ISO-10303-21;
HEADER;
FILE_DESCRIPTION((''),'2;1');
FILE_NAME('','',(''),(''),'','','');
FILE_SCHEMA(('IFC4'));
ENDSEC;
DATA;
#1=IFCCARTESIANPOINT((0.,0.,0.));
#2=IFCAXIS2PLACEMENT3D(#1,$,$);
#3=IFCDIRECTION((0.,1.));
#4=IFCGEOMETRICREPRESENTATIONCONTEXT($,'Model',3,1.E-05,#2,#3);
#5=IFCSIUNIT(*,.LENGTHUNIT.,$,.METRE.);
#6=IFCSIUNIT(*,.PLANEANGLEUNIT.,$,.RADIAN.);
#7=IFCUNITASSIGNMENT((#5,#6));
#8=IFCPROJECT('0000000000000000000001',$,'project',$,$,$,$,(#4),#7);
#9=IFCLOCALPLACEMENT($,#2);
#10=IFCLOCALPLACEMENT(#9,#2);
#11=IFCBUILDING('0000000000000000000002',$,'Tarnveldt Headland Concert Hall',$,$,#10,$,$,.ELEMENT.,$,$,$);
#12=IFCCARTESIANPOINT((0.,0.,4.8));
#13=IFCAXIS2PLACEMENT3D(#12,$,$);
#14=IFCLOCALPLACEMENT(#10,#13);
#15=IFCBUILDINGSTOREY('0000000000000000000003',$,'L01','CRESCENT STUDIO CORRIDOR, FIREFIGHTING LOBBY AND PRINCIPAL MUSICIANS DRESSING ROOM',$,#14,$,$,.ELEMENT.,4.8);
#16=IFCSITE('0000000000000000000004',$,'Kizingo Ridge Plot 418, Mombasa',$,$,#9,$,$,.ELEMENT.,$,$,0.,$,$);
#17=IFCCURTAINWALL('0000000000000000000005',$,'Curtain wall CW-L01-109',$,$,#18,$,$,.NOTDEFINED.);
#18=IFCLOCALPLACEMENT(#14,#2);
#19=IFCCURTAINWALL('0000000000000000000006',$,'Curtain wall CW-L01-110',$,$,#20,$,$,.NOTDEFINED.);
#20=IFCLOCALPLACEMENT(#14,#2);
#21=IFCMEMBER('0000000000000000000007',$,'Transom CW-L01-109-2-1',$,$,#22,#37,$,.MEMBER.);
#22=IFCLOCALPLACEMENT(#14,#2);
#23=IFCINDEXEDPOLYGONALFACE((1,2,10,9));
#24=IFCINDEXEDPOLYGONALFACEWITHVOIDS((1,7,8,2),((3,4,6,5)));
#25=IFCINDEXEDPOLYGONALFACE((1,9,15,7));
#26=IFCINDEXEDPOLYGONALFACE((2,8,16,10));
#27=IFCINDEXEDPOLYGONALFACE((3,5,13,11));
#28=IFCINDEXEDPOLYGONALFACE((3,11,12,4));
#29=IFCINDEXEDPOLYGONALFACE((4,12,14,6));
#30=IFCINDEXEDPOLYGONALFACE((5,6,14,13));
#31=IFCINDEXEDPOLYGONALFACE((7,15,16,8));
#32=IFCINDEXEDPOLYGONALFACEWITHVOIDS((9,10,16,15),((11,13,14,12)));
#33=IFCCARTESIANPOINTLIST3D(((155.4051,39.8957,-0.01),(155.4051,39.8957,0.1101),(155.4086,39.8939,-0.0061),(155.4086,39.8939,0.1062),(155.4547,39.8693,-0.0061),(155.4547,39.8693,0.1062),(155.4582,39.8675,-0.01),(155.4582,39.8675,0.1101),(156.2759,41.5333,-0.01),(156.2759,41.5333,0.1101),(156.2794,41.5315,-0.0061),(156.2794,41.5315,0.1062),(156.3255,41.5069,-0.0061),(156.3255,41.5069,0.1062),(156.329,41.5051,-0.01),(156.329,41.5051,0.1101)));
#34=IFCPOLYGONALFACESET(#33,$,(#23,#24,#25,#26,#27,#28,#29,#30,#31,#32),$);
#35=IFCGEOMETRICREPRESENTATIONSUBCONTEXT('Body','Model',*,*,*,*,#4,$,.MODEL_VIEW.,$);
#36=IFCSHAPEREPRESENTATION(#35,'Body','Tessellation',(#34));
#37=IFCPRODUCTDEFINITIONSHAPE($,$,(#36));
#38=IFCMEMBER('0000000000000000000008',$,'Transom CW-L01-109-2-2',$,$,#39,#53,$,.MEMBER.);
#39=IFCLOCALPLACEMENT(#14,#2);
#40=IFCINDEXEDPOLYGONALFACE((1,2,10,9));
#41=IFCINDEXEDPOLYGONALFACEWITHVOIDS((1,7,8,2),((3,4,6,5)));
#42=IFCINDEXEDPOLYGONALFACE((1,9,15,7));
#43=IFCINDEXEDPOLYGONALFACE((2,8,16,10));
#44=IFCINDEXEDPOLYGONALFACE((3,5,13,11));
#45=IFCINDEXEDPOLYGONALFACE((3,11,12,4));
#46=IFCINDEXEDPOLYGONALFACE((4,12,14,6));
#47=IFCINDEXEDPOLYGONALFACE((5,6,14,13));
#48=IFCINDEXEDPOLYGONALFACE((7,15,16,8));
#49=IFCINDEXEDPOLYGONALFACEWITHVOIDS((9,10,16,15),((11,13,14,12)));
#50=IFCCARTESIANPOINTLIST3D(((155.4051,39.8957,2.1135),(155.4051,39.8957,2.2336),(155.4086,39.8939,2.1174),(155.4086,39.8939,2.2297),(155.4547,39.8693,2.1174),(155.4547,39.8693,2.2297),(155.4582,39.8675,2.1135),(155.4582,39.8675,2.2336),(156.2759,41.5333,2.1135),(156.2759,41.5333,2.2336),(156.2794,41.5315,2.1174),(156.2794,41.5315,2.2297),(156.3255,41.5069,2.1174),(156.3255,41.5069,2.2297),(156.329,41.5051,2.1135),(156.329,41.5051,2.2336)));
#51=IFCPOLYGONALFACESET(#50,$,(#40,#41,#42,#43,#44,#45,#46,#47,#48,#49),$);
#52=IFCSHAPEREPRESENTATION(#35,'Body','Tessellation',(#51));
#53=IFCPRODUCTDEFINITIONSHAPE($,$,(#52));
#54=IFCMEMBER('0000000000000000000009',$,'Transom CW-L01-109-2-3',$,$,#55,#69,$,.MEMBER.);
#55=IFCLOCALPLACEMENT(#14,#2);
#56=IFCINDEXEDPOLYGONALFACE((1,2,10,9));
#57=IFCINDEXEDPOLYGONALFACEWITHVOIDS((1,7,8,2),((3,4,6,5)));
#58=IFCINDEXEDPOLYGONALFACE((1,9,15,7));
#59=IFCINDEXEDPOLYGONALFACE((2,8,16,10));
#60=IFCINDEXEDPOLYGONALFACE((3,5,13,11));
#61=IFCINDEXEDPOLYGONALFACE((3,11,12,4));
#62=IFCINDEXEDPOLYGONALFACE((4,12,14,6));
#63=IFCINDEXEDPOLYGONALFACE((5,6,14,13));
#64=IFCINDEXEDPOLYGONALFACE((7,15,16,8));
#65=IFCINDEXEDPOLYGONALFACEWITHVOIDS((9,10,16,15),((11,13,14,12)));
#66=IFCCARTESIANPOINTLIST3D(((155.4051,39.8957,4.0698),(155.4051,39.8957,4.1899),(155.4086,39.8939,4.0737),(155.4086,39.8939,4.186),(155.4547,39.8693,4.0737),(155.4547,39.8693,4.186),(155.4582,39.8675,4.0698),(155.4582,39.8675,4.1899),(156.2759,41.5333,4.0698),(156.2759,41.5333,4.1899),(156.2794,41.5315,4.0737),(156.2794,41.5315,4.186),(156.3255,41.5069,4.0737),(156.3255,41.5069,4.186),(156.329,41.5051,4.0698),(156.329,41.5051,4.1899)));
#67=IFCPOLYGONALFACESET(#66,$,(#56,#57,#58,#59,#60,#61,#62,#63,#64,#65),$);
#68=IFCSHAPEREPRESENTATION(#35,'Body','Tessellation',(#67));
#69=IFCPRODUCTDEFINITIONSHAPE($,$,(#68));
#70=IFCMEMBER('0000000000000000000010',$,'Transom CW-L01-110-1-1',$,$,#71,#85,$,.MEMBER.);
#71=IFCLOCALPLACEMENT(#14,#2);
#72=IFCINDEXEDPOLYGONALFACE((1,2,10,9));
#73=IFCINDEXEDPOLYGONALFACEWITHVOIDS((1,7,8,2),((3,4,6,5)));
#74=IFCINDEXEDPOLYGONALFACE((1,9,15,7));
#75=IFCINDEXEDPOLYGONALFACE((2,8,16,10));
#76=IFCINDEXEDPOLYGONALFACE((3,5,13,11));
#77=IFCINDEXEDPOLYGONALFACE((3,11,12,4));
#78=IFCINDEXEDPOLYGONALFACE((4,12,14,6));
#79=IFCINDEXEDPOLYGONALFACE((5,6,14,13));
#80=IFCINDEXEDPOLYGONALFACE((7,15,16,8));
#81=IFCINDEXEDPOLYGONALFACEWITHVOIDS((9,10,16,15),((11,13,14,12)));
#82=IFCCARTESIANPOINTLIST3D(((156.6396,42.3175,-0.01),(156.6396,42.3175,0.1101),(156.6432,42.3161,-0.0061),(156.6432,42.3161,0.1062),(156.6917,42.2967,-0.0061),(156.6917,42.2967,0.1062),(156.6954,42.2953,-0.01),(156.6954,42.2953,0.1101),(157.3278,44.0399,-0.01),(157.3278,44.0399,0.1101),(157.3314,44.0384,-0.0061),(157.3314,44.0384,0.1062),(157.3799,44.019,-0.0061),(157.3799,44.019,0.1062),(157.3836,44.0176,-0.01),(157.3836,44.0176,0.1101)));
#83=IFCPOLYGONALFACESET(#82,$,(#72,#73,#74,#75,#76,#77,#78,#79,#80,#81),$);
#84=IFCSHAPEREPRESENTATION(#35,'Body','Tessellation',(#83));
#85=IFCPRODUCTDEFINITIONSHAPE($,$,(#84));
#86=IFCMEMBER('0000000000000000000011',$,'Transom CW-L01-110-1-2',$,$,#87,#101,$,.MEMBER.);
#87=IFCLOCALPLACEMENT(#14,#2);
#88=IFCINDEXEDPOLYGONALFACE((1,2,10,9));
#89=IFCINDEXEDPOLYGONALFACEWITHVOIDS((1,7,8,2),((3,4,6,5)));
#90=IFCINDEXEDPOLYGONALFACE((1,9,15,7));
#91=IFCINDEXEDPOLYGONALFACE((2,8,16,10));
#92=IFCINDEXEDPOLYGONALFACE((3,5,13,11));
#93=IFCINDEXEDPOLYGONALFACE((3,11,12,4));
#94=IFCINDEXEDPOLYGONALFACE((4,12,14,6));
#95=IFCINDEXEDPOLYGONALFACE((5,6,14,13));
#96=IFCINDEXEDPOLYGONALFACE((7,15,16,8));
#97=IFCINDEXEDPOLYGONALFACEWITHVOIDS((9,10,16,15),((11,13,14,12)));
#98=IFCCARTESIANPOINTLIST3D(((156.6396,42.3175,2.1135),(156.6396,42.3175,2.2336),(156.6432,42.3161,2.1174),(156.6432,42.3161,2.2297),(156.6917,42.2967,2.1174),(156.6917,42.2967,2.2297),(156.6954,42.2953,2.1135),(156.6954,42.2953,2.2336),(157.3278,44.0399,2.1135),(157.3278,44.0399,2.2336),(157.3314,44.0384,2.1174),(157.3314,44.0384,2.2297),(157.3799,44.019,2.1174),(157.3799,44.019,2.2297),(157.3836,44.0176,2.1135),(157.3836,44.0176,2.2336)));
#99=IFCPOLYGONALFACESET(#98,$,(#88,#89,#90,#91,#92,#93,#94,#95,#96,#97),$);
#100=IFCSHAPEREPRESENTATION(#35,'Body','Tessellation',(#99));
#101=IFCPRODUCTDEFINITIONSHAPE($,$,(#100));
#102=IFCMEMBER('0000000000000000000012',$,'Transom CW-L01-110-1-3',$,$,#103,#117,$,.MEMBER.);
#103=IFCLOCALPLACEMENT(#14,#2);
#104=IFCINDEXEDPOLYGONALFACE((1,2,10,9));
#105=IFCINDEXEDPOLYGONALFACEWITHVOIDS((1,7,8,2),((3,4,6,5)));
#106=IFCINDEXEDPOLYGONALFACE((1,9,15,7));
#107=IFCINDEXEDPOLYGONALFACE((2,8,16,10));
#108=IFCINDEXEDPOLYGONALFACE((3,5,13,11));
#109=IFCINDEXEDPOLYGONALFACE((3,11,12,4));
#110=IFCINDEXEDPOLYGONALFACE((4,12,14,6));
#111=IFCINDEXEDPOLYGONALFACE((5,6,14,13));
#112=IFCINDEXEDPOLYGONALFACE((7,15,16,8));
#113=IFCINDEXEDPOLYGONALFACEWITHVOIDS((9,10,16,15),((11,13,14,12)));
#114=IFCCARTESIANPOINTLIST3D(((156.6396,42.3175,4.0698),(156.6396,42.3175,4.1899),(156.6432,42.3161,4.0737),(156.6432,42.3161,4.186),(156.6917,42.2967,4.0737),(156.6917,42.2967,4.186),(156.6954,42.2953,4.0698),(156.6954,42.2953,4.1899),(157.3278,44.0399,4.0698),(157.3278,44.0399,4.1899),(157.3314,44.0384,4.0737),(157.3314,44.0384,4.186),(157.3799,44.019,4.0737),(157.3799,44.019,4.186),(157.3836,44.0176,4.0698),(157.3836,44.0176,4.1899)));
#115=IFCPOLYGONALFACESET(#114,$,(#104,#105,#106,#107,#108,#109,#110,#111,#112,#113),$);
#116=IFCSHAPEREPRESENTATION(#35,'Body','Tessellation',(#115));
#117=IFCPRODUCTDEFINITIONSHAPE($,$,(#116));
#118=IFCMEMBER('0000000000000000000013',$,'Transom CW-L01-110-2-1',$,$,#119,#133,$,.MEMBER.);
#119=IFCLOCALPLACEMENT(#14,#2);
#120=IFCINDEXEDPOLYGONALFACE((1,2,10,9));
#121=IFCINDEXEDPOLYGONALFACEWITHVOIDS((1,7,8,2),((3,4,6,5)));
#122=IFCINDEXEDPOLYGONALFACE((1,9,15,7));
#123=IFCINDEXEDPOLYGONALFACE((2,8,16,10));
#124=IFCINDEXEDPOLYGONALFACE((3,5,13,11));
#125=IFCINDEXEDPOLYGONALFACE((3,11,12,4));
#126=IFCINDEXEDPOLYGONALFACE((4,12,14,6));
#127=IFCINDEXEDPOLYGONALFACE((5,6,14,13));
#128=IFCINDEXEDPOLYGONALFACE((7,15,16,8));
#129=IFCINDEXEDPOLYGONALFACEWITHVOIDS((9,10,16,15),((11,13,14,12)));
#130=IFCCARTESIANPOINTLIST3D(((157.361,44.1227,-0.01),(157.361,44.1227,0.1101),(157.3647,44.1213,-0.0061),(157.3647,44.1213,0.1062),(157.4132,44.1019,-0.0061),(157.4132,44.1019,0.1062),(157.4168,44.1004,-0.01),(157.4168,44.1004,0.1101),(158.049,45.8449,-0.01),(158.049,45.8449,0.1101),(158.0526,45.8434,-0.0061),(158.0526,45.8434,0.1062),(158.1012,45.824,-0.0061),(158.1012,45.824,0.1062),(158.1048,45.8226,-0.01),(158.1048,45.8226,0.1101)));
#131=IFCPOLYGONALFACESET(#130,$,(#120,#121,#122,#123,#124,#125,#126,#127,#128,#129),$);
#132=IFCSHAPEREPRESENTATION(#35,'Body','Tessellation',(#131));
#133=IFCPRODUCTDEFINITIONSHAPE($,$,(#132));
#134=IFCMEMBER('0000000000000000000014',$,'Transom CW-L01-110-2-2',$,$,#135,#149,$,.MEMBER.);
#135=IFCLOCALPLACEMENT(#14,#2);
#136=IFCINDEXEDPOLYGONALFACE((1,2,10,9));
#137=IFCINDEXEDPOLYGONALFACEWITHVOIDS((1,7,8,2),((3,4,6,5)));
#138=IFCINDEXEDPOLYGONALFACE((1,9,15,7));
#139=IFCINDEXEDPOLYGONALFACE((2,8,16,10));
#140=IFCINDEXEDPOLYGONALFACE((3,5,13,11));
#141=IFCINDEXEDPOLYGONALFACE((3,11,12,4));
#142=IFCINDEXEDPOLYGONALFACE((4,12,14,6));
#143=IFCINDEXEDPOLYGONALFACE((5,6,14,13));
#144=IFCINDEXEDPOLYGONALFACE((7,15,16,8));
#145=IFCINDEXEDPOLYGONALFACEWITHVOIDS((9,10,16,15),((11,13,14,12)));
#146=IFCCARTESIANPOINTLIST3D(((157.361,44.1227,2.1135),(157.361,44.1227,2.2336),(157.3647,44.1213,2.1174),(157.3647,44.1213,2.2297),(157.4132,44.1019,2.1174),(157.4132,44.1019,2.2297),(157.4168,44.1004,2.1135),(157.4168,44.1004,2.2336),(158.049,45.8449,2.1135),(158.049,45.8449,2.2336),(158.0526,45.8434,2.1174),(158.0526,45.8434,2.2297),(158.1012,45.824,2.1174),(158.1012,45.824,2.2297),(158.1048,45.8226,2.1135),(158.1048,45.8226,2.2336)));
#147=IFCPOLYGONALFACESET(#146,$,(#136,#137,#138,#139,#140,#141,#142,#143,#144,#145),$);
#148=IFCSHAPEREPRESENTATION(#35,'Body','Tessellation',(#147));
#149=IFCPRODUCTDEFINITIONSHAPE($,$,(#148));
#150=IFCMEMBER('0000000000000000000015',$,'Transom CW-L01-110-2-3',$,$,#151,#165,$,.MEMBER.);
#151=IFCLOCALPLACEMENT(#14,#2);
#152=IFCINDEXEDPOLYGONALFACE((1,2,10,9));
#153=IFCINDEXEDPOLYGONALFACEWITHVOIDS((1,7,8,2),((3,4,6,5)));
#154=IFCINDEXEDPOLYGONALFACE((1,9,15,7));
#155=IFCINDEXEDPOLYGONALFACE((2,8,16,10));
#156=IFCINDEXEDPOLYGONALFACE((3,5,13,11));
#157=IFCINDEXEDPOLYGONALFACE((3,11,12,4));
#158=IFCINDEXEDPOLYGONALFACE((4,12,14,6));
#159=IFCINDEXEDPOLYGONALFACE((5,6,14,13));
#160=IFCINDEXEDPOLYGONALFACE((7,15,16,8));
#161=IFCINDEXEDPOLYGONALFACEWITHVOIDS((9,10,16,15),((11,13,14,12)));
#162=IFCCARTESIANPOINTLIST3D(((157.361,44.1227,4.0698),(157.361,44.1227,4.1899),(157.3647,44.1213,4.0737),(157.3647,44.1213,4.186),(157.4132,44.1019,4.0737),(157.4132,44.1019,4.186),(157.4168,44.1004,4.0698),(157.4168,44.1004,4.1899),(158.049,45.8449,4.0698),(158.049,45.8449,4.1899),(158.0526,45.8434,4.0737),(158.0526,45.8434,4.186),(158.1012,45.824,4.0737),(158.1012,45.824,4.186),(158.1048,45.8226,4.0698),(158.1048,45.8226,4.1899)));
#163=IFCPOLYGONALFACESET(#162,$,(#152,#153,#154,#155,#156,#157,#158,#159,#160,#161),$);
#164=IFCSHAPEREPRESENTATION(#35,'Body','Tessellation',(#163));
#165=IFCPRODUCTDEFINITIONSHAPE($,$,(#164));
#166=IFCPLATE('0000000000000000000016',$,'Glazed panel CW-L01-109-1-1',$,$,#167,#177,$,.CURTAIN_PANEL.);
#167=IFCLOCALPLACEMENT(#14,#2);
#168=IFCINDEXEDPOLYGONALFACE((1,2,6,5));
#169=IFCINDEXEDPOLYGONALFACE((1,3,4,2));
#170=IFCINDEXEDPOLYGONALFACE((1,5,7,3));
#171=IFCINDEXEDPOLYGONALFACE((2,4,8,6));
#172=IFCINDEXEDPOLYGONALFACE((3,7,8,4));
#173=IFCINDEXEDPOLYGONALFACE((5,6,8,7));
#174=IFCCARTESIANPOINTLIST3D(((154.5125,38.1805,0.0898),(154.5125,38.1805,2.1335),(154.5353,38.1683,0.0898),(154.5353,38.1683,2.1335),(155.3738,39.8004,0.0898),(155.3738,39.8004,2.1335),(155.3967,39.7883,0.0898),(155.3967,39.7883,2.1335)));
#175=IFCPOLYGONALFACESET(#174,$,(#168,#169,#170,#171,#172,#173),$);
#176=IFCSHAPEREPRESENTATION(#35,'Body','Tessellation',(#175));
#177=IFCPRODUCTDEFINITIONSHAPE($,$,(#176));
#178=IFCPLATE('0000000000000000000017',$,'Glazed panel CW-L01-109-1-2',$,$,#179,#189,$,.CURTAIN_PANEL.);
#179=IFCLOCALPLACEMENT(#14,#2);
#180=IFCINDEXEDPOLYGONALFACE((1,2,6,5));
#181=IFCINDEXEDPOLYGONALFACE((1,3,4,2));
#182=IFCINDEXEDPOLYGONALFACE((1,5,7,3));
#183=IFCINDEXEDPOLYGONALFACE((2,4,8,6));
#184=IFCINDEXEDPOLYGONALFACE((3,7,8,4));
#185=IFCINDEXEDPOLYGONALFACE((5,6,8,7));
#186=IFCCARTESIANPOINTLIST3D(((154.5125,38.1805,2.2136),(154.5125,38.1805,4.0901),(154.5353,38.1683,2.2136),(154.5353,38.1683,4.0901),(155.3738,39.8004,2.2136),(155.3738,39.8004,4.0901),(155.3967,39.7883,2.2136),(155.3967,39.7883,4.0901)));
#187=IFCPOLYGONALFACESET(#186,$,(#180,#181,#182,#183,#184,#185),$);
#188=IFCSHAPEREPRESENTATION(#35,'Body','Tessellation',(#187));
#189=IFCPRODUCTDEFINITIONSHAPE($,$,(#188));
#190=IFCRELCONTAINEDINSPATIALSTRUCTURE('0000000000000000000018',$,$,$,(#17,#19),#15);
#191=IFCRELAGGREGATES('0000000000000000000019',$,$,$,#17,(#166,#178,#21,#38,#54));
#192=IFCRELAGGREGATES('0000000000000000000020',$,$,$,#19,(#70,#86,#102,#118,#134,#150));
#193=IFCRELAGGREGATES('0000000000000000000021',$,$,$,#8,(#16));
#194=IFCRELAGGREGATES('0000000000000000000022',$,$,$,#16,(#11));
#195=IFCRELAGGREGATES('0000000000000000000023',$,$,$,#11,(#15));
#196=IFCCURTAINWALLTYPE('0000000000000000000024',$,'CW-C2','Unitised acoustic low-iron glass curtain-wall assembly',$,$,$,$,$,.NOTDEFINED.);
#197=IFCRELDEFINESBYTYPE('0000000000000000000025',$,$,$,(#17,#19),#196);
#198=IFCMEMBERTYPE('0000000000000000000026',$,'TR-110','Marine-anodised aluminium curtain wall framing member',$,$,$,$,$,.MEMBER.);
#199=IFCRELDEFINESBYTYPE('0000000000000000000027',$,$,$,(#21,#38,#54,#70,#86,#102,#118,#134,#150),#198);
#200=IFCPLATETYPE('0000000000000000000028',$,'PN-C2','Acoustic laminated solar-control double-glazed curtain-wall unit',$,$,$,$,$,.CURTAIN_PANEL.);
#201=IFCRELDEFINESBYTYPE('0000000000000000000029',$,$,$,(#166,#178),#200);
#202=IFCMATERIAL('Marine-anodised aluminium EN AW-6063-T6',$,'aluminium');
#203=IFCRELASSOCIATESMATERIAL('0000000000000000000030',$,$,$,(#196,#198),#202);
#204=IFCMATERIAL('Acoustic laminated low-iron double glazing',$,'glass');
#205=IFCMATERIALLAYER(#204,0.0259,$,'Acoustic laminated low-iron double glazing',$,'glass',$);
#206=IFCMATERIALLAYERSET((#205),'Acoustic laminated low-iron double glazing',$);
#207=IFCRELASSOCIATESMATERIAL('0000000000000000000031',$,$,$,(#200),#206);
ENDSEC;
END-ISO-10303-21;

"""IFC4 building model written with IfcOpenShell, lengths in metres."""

from ifc_helpers import new_model, si_unit, direction, frame, origin, origin_2d, place, context, subcontext, project, spatial, rectangle, hollow_rectangle, extrude, material, layer, layer_set, material_profile, profile_set, type_object, element, aggregate, save


model = new_model("IFC4")

# Units and contexts
model_context = context("Model", 3, precision=1e-05, world=origin(), true_north=direction((0.0, 1.0)))
body_context = subcontext(model_context, "Body", "Model", "MODEL_VIEW")
ifc_project = project(units=[si_unit("LENGTHUNIT", "METRE"), si_unit("PLANEANGLEUNIT", "RADIAN")], contexts=[model_context])

# Site, building, storey
site_placement = place(None, origin())
site = spatial("IfcSite", under=ifc_project, at=site_placement, Name="Kizingo Ridge Plot 418, Mombasa", CompositionType="ELEMENT", RefElevation=0.0)
building_placement = place(site_placement, origin())
building = spatial("IfcBuilding", under=site, at=building_placement, Name="Tarnveldt Headland Concert Hall", CompositionType="ELEMENT")
storey_placement = place(building_placement, frame((0.0, 0.0, 4.8)))
storey = spatial("IfcBuildingStorey", under=building, at=storey_placement, Name="L01", Description="CRESCENT STUDIO CORRIDOR, FIREFIGHTING LOBBY AND PRINCIPAL MUSICIANS DRESSING ROOM", CompositionType="ELEMENT", Elevation=4.8)

# Curtain walls
ifc_material_1 = material(Name="Marine-anodised aluminium EN AW-6063-T6", Category="aluminium")
curtain_wall_type = type_object("IfcCurtainWallType", Name="CW-C2", Description="Unitised acoustic low-iron glass curtain-wall assembly", PredefinedType="NOTDEFINED", material=ifc_material_1)
curtain_wall_1_placement = place(storey_placement, origin())
curtain_wall_1 = element("IfcCurtainWall", 1, at=curtain_wall_1_placement, inside=storey, type_object=curtain_wall_type, Name="Curtain wall CW-L01-109", PredefinedType="NOTDEFINED")
curtain_wall_2_placement = place(storey_placement, origin())
curtain_wall_2 = element("IfcCurtainWall", 2, at=curtain_wall_2_placement, inside=storey, type_object=curtain_wall_type, Name="Curtain wall CW-L01-110", PredefinedType="NOTDEFINED")

# Members
ifc_material_profile_1 = material_profile(ifc_material_1, hollow_rectangle(XDim=0.0601, YDim=0.1201, WallThickness=0.0039, at=origin_2d()), Name="ALU TRANSOM 60x120x4", Category="aluminium")
ifc_profile_set_1 = profile_set([ifc_material_profile_1], Name="Marine-anodised aluminium EN AW-6063-T6")
member_type_1 = type_object("IfcMemberType", Name="TR-110", Description="Marine-anodised aluminium curtain wall framing member", PredefinedType="MEMBER", material=ifc_profile_set_1)
member_1_placement = place(storey_placement, frame((155.4316, 39.8816, 0.05), z_axis=(0.469502, 0.882932, 0.0), x_axis=(-0.882932, 0.469502, 0.0)))
member_1 = element("IfcMember", 3, at=member_1_placement, type_object=member_type_1, Name="Transom CW-L01-109-2-1", PredefinedType="MEMBER", context=body_context, shape_type="SweptSolid", body=[
    extrude(hollow_rectangle(XDim=0.0601, YDim=0.1201, WallThickness=0.0039, at=origin_2d()), origin(), (0.0, 0.0, 1.0), 1.8547),
])
member_2_placement = place(storey_placement, frame((155.4316, 39.8816, 2.1736), z_axis=(0.469502, 0.882932, 0.0), x_axis=(-0.882932, 0.469502, 0.0)))
member_2 = element("IfcMember", 4, at=member_2_placement, type_object=member_type_1, Name="Transom CW-L01-109-2-2", PredefinedType="MEMBER", context=body_context, shape_type="SweptSolid", body=[
    extrude(hollow_rectangle(XDim=0.0601, YDim=0.1201, WallThickness=0.0039, at=origin_2d()), origin(), (0.0, 0.0, 1.0), 1.8547),
])
member_3_placement = place(storey_placement, frame((155.4316, 39.8816, 4.1299), z_axis=(0.469502, 0.882932, 0.0), x_axis=(-0.882932, 0.469502, 0.0)))
member_3 = element("IfcMember", 5, at=member_3_placement, type_object=member_type_1, Name="Transom CW-L01-109-2-3", PredefinedType="MEMBER", context=body_context, shape_type="SweptSolid", body=[
    extrude(hollow_rectangle(XDim=0.0601, YDim=0.1201, WallThickness=0.0039, at=origin_2d()), origin(), (0.0, 0.0, 1.0), 1.8547),
])
member_4_placement = place(storey_placement, frame((156.6675, 42.3064, 0.05), z_axis=(0.37105, 0.928613, 0.0), x_axis=(-0.928613, 0.37105, 0.0)))
member_4 = element("IfcMember", 6, at=member_4_placement, type_object=member_type_1, Name="Transom CW-L01-110-1-1", PredefinedType="MEMBER", context=body_context, shape_type="SweptSolid", body=[
    extrude(hollow_rectangle(XDim=0.0601, YDim=0.1201, WallThickness=0.0039, at=origin_2d()), origin(), (0.0, 0.0, 1.0), 1.8547),
])
member_5_placement = place(storey_placement, frame((156.6675, 42.3064, 2.1736), z_axis=(0.37105, 0.928613, 0.0), x_axis=(-0.928613, 0.37105, 0.0)))
member_5 = element("IfcMember", 7, at=member_5_placement, type_object=member_type_1, Name="Transom CW-L01-110-1-2", PredefinedType="MEMBER", context=body_context, shape_type="SweptSolid", body=[
    extrude(hollow_rectangle(XDim=0.0601, YDim=0.1201, WallThickness=0.0039, at=origin_2d()), origin(), (0.0, 0.0, 1.0), 1.8547),
])
member_6_placement = place(storey_placement, frame((156.6675, 42.3064, 4.1299), z_axis=(0.37105, 0.928613, 0.0), x_axis=(-0.928613, 0.37105, 0.0)))
member_6 = element("IfcMember", 8, at=member_6_placement, type_object=member_type_1, Name="Transom CW-L01-110-1-3", PredefinedType="MEMBER", context=body_context, shape_type="SweptSolid", body=[
    extrude(hollow_rectangle(XDim=0.0601, YDim=0.1201, WallThickness=0.0039, at=origin_2d()), origin(), (0.0, 0.0, 1.0), 1.8547),
])
member_7_placement = place(storey_placement, frame((157.3889, 44.1116, 0.05), z_axis=(0.370982, 0.92864, 0.0), x_axis=(-0.92864, 0.370982, 0.0)))
member_7 = element("IfcMember", 9, at=member_7_placement, type_object=member_type_1, Name="Transom CW-L01-110-2-1", PredefinedType="MEMBER", context=body_context, shape_type="SweptSolid", body=[
    extrude(hollow_rectangle(XDim=0.0601, YDim=0.1201, WallThickness=0.0039, at=origin_2d()), origin(), (0.0, 0.0, 1.0), 1.8545),
])
member_8_placement = place(storey_placement, frame((157.3889, 44.1116, 2.1736), z_axis=(0.370982, 0.92864, 0.0), x_axis=(-0.92864, 0.370982, 0.0)))
member_8 = element("IfcMember", 10, at=member_8_placement, type_object=member_type_1, Name="Transom CW-L01-110-2-2", PredefinedType="MEMBER", context=body_context, shape_type="SweptSolid", body=[
    extrude(hollow_rectangle(XDim=0.0601, YDim=0.1201, WallThickness=0.0039, at=origin_2d()), origin(), (0.0, 0.0, 1.0), 1.8545),
])
member_9_placement = place(storey_placement, frame((157.3889, 44.1116, 4.1299), z_axis=(0.370982, 0.92864, 0.0), x_axis=(-0.92864, 0.370982, 0.0)))
member_9 = element("IfcMember", 11, at=member_9_placement, type_object=member_type_1, Name="Transom CW-L01-110-2-3", PredefinedType="MEMBER", context=body_context, shape_type="SweptSolid", body=[
    extrude(hollow_rectangle(XDim=0.0601, YDim=0.1201, WallThickness=0.0039, at=origin_2d()), origin(), (0.0, 0.0, 1.0), 1.8545),
])

# Plates
ifc_material_2 = material(Name="Acoustic laminated low-iron double glazing", Category="glass")
ifc_layer_1 = layer(ifc_material_2, 0.0259, Name="Acoustic laminated low-iron double glazing", Category="glass")
ifc_layer_set_1 = layer_set([ifc_layer_1], Name="Acoustic laminated low-iron double glazing")
plate_type = type_object("IfcPlateType", Name="PN-C2", Description="Acoustic laminated solar-control double-glazed curtain-wall unit", PredefinedType="CURTAIN_PANEL", material=ifc_layer_set_1)
plate_1_placement = place(storey_placement, frame((154.9546, 38.9844, 0.0898), z_axis=(0.0, 0.0, 1.0), x_axis=(0.469472, 0.882948, 0.0)))
plate_1 = element("IfcPlate", 12, at=plate_1_placement, type_object=plate_type, Name="Glazed panel CW-L01-109-1-1", PredefinedType="CURTAIN_PANEL", context=body_context, shape_type="SweptSolid", body=[
    extrude(rectangle(XDim=1.8347, YDim=0.0259, at=origin_2d()), origin(), (0.0, 0.0, 1.0), 2.0437),
])
plate_2_placement = place(storey_placement, frame((154.9546, 38.9844, 2.2136), z_axis=(0.0, 0.0, 1.0), x_axis=(0.469472, 0.882948, 0.0)))
plate_2 = element("IfcPlate", 13, at=plate_2_placement, type_object=plate_type, Name="Glazed panel CW-L01-109-1-2", PredefinedType="CURTAIN_PANEL", context=body_context, shape_type="SweptSolid", body=[
    extrude(rectangle(XDim=1.8347, YDim=0.0259, at=origin_2d()), origin(), (0.0, 0.0, 1.0), 1.8765),
])
aggregate(curtain_wall_1, [plate_1, plate_2, member_1, member_2, member_3])
aggregate(curtain_wall_2, [member_4, member_5, member_6, member_7, member_8, member_9])

save(model, "model.ifc")
